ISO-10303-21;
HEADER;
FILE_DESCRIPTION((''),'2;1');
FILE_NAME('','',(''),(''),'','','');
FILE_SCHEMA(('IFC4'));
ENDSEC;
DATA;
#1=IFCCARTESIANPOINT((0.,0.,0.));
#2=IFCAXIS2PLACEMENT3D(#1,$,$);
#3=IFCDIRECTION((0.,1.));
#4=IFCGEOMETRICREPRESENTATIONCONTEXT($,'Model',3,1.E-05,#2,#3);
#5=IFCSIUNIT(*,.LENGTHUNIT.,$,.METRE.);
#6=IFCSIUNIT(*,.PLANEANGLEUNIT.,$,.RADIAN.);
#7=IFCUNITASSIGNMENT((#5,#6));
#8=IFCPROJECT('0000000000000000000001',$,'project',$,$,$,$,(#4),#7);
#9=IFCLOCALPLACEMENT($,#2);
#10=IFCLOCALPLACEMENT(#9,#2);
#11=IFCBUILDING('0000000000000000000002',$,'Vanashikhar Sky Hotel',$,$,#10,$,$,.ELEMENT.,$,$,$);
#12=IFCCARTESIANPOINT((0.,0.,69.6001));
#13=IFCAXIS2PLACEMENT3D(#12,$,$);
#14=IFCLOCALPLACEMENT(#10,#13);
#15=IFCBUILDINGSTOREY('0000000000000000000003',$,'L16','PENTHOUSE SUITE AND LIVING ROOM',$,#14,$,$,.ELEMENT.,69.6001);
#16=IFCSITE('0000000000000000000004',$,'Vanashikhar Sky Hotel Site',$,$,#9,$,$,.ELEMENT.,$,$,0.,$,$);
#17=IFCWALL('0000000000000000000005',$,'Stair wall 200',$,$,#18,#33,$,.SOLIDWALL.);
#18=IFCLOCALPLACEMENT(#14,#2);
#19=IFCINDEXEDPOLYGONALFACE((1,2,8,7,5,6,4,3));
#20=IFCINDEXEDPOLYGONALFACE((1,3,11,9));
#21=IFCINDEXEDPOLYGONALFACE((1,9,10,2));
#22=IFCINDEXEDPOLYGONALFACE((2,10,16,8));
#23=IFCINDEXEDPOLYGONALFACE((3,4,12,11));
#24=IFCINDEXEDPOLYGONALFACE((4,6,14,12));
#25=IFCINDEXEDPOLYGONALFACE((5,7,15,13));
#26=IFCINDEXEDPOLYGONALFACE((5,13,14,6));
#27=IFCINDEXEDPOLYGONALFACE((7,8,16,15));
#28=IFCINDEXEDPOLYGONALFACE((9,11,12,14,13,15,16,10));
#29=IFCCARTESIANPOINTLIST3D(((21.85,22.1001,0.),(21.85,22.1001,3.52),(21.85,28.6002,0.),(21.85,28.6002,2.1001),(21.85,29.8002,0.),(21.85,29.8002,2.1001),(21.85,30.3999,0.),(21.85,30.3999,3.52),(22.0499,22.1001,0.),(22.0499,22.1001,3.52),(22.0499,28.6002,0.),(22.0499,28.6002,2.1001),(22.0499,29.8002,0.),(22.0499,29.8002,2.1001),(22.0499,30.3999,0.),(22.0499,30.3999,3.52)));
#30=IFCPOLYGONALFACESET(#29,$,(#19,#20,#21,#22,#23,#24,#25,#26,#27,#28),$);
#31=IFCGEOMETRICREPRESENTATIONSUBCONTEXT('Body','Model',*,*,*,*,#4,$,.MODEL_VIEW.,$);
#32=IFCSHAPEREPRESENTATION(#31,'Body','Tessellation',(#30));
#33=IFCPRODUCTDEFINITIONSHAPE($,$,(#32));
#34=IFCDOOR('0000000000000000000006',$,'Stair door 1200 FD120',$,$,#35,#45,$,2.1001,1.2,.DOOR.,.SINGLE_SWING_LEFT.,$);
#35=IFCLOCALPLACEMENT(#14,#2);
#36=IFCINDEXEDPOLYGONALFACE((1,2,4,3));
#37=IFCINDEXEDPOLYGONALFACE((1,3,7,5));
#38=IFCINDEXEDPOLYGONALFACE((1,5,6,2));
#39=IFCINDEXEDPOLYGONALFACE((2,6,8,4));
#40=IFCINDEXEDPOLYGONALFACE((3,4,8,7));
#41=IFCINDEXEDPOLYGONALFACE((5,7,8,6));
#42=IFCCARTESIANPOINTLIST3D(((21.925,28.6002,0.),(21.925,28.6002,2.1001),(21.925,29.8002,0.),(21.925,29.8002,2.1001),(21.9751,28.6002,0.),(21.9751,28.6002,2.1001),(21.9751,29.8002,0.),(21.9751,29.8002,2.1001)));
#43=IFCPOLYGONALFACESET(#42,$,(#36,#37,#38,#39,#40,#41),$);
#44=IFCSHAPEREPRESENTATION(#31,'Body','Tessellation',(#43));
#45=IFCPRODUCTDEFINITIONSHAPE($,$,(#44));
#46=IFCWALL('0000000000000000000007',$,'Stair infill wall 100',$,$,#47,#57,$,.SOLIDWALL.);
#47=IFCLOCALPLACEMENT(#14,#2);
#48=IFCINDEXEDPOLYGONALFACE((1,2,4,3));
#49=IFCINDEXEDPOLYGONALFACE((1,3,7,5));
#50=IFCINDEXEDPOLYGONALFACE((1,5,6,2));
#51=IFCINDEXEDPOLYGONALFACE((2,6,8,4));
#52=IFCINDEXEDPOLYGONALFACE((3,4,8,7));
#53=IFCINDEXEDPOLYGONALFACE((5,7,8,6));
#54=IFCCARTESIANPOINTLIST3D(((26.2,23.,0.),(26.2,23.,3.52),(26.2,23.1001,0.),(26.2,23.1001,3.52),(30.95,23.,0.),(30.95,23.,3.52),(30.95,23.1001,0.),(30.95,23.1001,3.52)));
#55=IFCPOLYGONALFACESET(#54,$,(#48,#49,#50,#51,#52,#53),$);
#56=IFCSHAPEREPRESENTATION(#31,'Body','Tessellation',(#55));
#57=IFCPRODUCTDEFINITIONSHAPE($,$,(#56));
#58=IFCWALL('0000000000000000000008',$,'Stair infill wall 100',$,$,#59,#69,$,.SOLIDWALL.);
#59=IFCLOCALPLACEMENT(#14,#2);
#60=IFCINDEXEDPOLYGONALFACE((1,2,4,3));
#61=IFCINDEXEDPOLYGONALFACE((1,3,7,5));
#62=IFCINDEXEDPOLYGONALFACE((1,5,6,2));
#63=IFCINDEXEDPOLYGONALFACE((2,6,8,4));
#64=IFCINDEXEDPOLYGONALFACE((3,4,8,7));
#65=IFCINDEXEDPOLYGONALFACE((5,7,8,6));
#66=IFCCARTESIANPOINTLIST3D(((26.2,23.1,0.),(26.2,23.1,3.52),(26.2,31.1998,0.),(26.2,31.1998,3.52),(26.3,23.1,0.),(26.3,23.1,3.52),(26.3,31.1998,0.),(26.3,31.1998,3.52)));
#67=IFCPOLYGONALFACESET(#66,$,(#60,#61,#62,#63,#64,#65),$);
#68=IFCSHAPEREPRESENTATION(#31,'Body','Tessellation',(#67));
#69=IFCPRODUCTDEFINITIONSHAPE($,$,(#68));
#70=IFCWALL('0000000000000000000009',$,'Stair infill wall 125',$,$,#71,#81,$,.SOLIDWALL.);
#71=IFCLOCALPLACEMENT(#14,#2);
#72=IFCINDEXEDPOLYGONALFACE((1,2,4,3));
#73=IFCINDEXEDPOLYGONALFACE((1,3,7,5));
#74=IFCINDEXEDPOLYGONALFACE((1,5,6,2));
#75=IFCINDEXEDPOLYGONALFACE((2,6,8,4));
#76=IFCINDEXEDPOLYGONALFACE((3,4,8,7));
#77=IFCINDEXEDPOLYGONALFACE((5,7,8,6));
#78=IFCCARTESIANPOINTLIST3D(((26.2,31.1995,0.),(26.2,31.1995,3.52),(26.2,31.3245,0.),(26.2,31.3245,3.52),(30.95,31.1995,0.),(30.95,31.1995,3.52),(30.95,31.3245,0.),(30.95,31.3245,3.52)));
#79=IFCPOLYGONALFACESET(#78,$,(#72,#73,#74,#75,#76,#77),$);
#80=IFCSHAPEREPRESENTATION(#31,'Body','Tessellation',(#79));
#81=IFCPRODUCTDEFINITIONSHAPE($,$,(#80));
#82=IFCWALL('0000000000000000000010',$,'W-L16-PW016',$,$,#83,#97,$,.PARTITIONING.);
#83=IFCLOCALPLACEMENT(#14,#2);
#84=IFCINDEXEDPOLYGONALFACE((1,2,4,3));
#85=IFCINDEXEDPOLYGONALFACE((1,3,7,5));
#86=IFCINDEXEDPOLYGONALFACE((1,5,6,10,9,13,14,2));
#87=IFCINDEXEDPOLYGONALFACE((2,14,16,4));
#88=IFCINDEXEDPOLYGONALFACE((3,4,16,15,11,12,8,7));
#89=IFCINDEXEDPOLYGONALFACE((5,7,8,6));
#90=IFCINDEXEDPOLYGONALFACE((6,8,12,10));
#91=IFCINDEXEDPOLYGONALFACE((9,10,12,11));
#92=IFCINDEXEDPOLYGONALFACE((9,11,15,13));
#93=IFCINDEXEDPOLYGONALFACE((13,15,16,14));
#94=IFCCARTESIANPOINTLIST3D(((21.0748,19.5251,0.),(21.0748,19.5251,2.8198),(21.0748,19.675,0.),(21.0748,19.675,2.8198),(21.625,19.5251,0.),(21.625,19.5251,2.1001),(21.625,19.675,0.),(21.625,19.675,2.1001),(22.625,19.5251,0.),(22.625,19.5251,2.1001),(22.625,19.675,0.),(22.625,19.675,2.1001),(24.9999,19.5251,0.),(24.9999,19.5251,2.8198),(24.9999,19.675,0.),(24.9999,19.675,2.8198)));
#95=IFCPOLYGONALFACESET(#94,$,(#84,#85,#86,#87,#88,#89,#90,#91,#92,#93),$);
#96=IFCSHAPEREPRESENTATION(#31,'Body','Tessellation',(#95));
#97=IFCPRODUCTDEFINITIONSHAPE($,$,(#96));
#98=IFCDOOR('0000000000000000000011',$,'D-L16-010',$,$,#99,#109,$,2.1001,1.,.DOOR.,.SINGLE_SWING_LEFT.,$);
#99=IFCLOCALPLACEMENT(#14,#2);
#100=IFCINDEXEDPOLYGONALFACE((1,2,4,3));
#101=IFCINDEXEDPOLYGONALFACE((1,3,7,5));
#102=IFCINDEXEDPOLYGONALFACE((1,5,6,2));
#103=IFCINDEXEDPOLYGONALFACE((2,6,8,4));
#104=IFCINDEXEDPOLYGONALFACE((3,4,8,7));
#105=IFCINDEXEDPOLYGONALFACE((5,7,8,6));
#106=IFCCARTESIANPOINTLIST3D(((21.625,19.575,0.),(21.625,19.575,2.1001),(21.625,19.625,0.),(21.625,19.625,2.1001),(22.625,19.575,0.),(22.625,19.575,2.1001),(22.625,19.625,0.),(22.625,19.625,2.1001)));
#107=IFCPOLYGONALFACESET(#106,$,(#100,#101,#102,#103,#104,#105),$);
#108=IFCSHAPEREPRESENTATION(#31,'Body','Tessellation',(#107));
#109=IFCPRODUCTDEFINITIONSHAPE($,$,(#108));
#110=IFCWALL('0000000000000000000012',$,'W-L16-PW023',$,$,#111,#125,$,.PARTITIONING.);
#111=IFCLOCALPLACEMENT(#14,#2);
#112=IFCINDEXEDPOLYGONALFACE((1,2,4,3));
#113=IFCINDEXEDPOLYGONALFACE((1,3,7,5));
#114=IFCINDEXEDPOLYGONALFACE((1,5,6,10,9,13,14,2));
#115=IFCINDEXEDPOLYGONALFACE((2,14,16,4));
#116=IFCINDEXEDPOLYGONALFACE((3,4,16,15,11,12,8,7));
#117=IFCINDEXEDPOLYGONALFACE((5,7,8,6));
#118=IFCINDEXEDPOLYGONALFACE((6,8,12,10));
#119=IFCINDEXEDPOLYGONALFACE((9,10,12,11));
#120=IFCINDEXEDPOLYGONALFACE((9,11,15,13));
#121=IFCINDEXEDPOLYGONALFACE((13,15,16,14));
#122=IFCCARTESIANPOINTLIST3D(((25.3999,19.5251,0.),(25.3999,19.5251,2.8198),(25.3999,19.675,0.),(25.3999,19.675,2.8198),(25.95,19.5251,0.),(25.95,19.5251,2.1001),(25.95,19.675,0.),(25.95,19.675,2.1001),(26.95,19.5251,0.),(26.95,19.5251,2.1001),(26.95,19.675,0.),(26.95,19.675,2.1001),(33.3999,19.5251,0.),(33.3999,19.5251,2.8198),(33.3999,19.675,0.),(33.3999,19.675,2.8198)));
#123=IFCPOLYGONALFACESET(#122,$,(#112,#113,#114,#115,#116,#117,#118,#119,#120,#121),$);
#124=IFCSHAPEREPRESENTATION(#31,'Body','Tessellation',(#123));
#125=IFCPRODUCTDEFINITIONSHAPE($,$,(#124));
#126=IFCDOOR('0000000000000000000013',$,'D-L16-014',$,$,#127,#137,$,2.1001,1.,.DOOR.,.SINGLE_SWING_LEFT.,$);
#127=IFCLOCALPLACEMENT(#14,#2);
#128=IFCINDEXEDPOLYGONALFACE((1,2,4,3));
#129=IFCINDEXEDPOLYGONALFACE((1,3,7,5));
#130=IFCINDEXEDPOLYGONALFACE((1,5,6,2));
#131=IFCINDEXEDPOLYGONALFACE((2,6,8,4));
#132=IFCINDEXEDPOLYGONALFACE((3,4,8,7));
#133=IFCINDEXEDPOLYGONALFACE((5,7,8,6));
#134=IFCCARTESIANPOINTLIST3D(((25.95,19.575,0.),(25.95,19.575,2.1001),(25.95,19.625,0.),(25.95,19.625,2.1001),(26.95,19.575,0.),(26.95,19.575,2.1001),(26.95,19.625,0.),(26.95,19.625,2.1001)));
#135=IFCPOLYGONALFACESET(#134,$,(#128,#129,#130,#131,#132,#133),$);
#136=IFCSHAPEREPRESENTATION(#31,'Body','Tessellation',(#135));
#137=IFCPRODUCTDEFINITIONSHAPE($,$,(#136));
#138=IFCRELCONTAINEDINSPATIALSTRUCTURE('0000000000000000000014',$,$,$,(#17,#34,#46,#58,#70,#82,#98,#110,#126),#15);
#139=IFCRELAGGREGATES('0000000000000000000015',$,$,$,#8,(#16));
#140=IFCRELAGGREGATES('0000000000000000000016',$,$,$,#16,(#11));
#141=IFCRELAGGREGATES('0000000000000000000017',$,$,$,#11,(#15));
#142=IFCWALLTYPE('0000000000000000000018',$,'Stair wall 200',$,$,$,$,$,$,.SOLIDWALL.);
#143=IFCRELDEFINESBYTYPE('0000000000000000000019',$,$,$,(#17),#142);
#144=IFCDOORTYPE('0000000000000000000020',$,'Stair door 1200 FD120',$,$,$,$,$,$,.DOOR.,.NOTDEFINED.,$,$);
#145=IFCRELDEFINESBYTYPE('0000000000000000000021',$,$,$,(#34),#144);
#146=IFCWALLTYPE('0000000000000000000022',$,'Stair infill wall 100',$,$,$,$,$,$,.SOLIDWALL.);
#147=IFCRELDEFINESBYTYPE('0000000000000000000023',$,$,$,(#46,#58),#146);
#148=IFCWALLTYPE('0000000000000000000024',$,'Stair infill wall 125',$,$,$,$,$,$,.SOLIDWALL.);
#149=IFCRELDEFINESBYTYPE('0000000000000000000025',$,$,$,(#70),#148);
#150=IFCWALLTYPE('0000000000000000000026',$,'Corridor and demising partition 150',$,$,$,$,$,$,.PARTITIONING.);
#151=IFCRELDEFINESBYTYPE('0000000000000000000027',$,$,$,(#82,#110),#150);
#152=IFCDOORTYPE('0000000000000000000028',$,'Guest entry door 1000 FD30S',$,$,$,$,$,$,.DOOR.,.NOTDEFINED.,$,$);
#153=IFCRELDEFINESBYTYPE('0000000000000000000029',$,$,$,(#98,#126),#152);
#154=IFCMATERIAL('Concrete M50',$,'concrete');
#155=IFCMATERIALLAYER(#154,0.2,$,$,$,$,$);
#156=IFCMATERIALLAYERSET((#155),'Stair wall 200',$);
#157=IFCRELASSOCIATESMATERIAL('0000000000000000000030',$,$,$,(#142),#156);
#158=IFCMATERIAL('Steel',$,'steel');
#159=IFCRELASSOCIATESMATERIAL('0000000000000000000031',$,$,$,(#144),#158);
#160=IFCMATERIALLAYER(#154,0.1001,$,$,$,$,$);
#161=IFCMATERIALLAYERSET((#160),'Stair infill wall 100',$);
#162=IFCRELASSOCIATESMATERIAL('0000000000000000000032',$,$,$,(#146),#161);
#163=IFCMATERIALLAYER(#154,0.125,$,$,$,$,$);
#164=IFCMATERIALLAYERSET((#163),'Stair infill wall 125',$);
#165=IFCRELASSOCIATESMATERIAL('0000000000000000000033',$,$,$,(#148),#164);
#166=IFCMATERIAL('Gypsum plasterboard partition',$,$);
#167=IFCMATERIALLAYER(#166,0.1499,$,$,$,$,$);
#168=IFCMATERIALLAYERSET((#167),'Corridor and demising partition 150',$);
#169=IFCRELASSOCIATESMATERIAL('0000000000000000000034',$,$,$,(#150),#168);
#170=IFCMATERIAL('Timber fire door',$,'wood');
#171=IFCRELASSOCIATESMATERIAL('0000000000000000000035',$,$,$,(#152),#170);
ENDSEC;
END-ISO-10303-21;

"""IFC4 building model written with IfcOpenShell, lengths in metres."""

from ifc_helpers import new_model, si_unit, direction, frame, frame_2d, origin, place, context, subcontext, project, spatial, rectangle, extrude, source, transform, mapped, material, layer, layer_set, type_object, element, fill, save


model = new_model("IFC4")

# Units and contexts
model_context = context("Model", 3, precision=1e-05, world=origin(), true_north=direction((0.0, 1.0)))
body_context = subcontext(model_context, "Body", "Model", "MODEL_VIEW")
ifc_project = project(units=[si_unit("LENGTHUNIT", "METRE"), si_unit("PLANEANGLEUNIT", "RADIAN")], contexts=[model_context])

# Site, building, storey
site_placement = place(None, origin())
site = spatial("IfcSite", under=ifc_project, at=site_placement, Name="Vanashikhar Sky Hotel Site", CompositionType="ELEMENT", RefElevation=0.0)
building_placement = place(site_placement, origin())
building = spatial("IfcBuilding", under=site, at=building_placement, Name="Vanashikhar Sky Hotel", CompositionType="ELEMENT")
storey_placement = place(building_placement, frame((0.0, 0.0, 69.6001)))
storey = spatial("IfcBuildingStorey", under=building, at=storey_placement, Name="L16", Description="PENTHOUSE SUITE AND LIVING ROOM", CompositionType="ELEMENT", Elevation=69.6001)

# Shared definitions
ifc_material_1 = material(Name="Steel", Category="steel")

# Wall, opening, door
ifc_material_2 = material(Name="Concrete M50", Category="concrete")
ifc_layer_1 = layer(ifc_material_2, 0.2)
ifc_layer_set_1 = layer_set([ifc_layer_1], Name="Stair wall 200")
wall_type_1 = type_object("IfcWallType", Name="Stair wall 200", PredefinedType="SOLIDWALL", material=ifc_layer_set_1)
shared_shape_1 = source(origin(), body_context, "Body", "SweptSolid", [
    extrude(rectangle(XDim=8.2998, YDim=0.2, at=frame_2d((4.1499, 0.0))), origin(), (0.0, 0.0, 1.0), 3.52),
])
wall_1_placement = place(storey_placement, frame((21.95, 22.1001, 0.0), z_axis=(0.0, 0.0, 1.0), x_axis=(0.0, 1.0, 0.0)))
wall_1 = element("IfcWall", 1, at=wall_1_placement, inside=storey, type_object=wall_type_1, Name="Stair wall 200", PredefinedType="SOLIDWALL", context=body_context, shape_type="MappedRepresentation", body=[
    mapped(shared_shape_1, transform((0.0, 0.0, 0.0), scale=1.0)),
])
shared_shape_2 = source(origin(), body_context, "Body", "SweptSolid", [
    extrude(rectangle(XDim=1.2, YDim=2.1001, at=frame_2d((0.6001, 1.05))), frame((0.0, 0.1099, 0.0), z_axis=(0.0, -1.0, 0.0), x_axis=(1.0, 0.0, 0.0)), (0.0, 0.0, 1.0), 0.22),
])
opening_1_placement = place(wall_1_placement, frame((6.5, 0.0, 0.0)))
opening_1 = element("IfcOpeningElement", 2, at=opening_1_placement, cuts=wall_1, PredefinedType="OPENING", context=body_context, shape_type="MappedRepresentation", body=[
    mapped(shared_shape_2, transform((0.0, 0.0, 0.0), scale=1.0)),
])
door_type_1 = type_object("IfcDoorType", Name="Stair door 1200 FD120", OperationType="NOTDEFINED", PredefinedType="DOOR", material=ifc_material_1)
shared_shape_3 = source(origin(), body_context, "Body", "SweptSolid", [
    extrude(rectangle(XDim=1.2, YDim=2.1001, at=frame_2d((0.6001, 1.05))), frame((0.0, 0.0249, 0.0), z_axis=(0.0, -1.0, 0.0), x_axis=(1.0, 0.0, 0.0)), (0.0, 0.0, 1.0), 0.05),
])
door_1_placement = place(opening_1_placement, origin())
door_1 = element("IfcDoor", 3, at=door_1_placement, inside=storey, type_object=door_type_1, Name="Stair door 1200 FD120", OperationType="SINGLE_SWING_LEFT", OverallHeight=2.1001, OverallWidth=1.2, PredefinedType="DOOR", context=body_context, shape_type="MappedRepresentation", body=[
    mapped(shared_shape_3, transform((0.0, 0.0, 0.0), scale=1.0)),
])
fill(opening_1, door_1)

# Walls
ifc_layer_2 = layer(ifc_material_2, 0.1001)
ifc_layer_set_2 = layer_set([ifc_layer_2], Name="Stair infill wall 100")
wall_type_2 = type_object("IfcWallType", Name="Stair infill wall 100", PredefinedType="SOLIDWALL", material=ifc_layer_set_2)
shared_shape_4 = source(origin(), body_context, "Body", "SweptSolid", [
    extrude(rectangle(XDim=4.75, YDim=0.1001, at=frame_2d((2.375, 0.0))), origin(), (0.0, 0.0, 1.0), 3.52),
])
wall_2_placement = place(storey_placement, frame((26.2, 23.05, 0.0), z_axis=(0.0, 0.0, 1.0), x_axis=(1.0, 0.0, 0.0)))
element("IfcWall", 4, at=wall_2_placement, inside=storey, type_object=wall_type_2, Name="Stair infill wall 100", PredefinedType="SOLIDWALL", context=body_context, shape_type="MappedRepresentation", body=[
    mapped(shared_shape_4, transform((0.0, 0.0, 0.0), scale=1.0)),
])
shared_shape_5 = source(origin(), body_context, "Body", "SweptSolid", [
    extrude(rectangle(XDim=8.0999, YDim=0.1001, at=frame_2d((4.0498, 0.0))), origin(), (0.0, 0.0, 1.0), 3.52),
])
wall_3_placement = place(storey_placement, frame((26.25, 23.1001, 0.0), z_axis=(0.0, 0.0, 1.0), x_axis=(0.0, 1.0, 0.0)))
element("IfcWall", 5, at=wall_3_placement, inside=storey, type_object=wall_type_2, Name="Stair infill wall 100", PredefinedType="SOLIDWALL", context=body_context, shape_type="MappedRepresentation", body=[
    mapped(shared_shape_5, transform((0.0, 0.0, 0.0), scale=1.0)),
])
ifc_layer_3 = layer(ifc_material_2, 0.125)
ifc_layer_set_3 = layer_set([ifc_layer_3], Name="Stair infill wall 125")
wall_type_3 = type_object("IfcWallType", Name="Stair infill wall 125", PredefinedType="SOLIDWALL", material=ifc_layer_set_3)
shared_shape_6 = source(origin(), body_context, "Body", "SweptSolid", [
    extrude(rectangle(XDim=4.75, YDim=0.125, at=frame_2d((2.375, 0.0))), origin(), (0.0, 0.0, 1.0), 3.52),
])
wall_4_placement = place(storey_placement, frame((26.2, 31.262, 0.0), z_axis=(0.0, 0.0, 1.0), x_axis=(1.0, 0.0, 0.0)))
element("IfcWall", 6, at=wall_4_placement, inside=storey, type_object=wall_type_3, Name="Stair infill wall 125", PredefinedType="SOLIDWALL", context=body_context, shape_type="MappedRepresentation", body=[
    mapped(shared_shape_6, transform((0.0, 0.0, 0.0), scale=1.0)),
])

# Walls, openings, doors
ifc_material_3 = material(Name="Gypsum plasterboard partition")
ifc_layer_4 = layer(ifc_material_3, 0.1499)
ifc_layer_set_4 = layer_set([ifc_layer_4], Name="Corridor and demising partition 150")
wall_type_4 = type_object("IfcWallType", Name="Corridor and demising partition 150", PredefinedType="PARTITIONING", material=ifc_layer_set_4)
shared_shape_7 = source(origin(), body_context, "Body", "SweptSolid", [
    extrude(rectangle(XDim=3.925, YDim=0.1499, at=frame_2d((1.9624, 0.0))), origin(), (0.0, 0.0, 1.0), 2.8198),
])
wall_5_placement = place(storey_placement, frame((21.075, 19.6001, 0.0), z_axis=(0.0, 0.0, 1.0), x_axis=(1.0, 0.0, 0.0)))
wall_5 = element("IfcWall", 7, at=wall_5_placement, inside=storey, type_object=wall_type_4, Name="W-L16-PW016", PredefinedType="PARTITIONING", context=body_context, shape_type="MappedRepresentation", body=[
    mapped(shared_shape_7, transform((0.0, 0.0, 0.0), scale=1.0)),
])
shared_shape_8 = source(origin(), body_context, "Body", "SweptSolid", [
    extrude(rectangle(XDim=1.0, YDim=2.1001, at=frame_2d((0.5, 1.05))), frame((0.0, 0.085, 0.0), z_axis=(0.0, -1.0, 0.0), x_axis=(1.0, 0.0, 0.0)), (0.0, 0.0, 1.0), 0.1699),
])
opening_2_placement = place(wall_5_placement, frame((0.55, 0.0, 0.0)))
opening_2 = element("IfcOpeningElement", 8, at=opening_2_placement, cuts=wall_5, PredefinedType="OPENING", context=body_context, shape_type="MappedRepresentation", body=[
    mapped(shared_shape_8, transform((0.0, 0.0, 0.0), scale=1.0)),
])
ifc_material_4 = material(Name="Timber fire door", Category="wood")
door_type_2 = type_object("IfcDoorType", Name="Guest entry door 1000 FD30S", OperationType="NOTDEFINED", PredefinedType="DOOR", material=ifc_material_4)
shared_shape_9 = source(origin(), body_context, "Body", "SweptSolid", [
    extrude(rectangle(XDim=1.0, YDim=2.1001, at=frame_2d((0.5, 1.05))), frame((0.0, 0.0249, 0.0), z_axis=(0.0, -1.0, 0.0), x_axis=(1.0, 0.0, 0.0)), (0.0, 0.0, 1.0), 0.05),
])
door_2_placement = place(opening_2_placement, origin())
door_2 = element("IfcDoor", 9, at=door_2_placement, inside=storey, type_object=door_type_2, Name="D-L16-010", OperationType="SINGLE_SWING_LEFT", OverallHeight=2.1001, OverallWidth=1.0, PredefinedType="DOOR", context=body_context, shape_type="MappedRepresentation", body=[
    mapped(shared_shape_9, transform((0.0, 0.0, 0.0), scale=1.0)),
])
fill(opening_2, door_2)
shared_shape_10 = source(origin(), body_context, "Body", "SweptSolid", [
    extrude(rectangle(XDim=8.0, YDim=0.1499, at=frame_2d((4.0, 0.0))), origin(), (0.0, 0.0, 1.0), 2.8198),
])
wall_6_placement = place(storey_placement, frame((25.3999, 19.6001, 0.0), z_axis=(0.0, 0.0, 1.0), x_axis=(1.0, 0.0, 0.0)))
wall_6 = element("IfcWall", 10, at=wall_6_placement, inside=storey, type_object=wall_type_4, Name="W-L16-PW023", PredefinedType="PARTITIONING", context=body_context, shape_type="MappedRepresentation", body=[
    mapped(shared_shape_10, transform((0.0, 0.0, 0.0), scale=1.0)),
])
opening_3_placement = place(wall_6_placement, frame((0.55, 0.0, 0.0)))
opening_3 = element("IfcOpeningElement", 11, at=opening_3_placement, cuts=wall_6, PredefinedType="OPENING", context=body_context, shape_type="MappedRepresentation", body=[
    mapped(shared_shape_8, transform((0.0, 0.0, 0.0), scale=1.0)),
])
door_3_placement = place(opening_3_placement, origin())
door_3 = element("IfcDoor", 12, at=door_3_placement, inside=storey, type_object=door_type_2, Name="D-L16-014", OperationType="SINGLE_SWING_LEFT", OverallHeight=2.1001, OverallWidth=1.0, PredefinedType="DOOR", context=body_context, shape_type="MappedRepresentation", body=[
    mapped(shared_shape_9, transform((0.0, 0.0, 0.0), scale=1.0)),
])
fill(opening_3, door_3)

save(model, "model.ifc")
